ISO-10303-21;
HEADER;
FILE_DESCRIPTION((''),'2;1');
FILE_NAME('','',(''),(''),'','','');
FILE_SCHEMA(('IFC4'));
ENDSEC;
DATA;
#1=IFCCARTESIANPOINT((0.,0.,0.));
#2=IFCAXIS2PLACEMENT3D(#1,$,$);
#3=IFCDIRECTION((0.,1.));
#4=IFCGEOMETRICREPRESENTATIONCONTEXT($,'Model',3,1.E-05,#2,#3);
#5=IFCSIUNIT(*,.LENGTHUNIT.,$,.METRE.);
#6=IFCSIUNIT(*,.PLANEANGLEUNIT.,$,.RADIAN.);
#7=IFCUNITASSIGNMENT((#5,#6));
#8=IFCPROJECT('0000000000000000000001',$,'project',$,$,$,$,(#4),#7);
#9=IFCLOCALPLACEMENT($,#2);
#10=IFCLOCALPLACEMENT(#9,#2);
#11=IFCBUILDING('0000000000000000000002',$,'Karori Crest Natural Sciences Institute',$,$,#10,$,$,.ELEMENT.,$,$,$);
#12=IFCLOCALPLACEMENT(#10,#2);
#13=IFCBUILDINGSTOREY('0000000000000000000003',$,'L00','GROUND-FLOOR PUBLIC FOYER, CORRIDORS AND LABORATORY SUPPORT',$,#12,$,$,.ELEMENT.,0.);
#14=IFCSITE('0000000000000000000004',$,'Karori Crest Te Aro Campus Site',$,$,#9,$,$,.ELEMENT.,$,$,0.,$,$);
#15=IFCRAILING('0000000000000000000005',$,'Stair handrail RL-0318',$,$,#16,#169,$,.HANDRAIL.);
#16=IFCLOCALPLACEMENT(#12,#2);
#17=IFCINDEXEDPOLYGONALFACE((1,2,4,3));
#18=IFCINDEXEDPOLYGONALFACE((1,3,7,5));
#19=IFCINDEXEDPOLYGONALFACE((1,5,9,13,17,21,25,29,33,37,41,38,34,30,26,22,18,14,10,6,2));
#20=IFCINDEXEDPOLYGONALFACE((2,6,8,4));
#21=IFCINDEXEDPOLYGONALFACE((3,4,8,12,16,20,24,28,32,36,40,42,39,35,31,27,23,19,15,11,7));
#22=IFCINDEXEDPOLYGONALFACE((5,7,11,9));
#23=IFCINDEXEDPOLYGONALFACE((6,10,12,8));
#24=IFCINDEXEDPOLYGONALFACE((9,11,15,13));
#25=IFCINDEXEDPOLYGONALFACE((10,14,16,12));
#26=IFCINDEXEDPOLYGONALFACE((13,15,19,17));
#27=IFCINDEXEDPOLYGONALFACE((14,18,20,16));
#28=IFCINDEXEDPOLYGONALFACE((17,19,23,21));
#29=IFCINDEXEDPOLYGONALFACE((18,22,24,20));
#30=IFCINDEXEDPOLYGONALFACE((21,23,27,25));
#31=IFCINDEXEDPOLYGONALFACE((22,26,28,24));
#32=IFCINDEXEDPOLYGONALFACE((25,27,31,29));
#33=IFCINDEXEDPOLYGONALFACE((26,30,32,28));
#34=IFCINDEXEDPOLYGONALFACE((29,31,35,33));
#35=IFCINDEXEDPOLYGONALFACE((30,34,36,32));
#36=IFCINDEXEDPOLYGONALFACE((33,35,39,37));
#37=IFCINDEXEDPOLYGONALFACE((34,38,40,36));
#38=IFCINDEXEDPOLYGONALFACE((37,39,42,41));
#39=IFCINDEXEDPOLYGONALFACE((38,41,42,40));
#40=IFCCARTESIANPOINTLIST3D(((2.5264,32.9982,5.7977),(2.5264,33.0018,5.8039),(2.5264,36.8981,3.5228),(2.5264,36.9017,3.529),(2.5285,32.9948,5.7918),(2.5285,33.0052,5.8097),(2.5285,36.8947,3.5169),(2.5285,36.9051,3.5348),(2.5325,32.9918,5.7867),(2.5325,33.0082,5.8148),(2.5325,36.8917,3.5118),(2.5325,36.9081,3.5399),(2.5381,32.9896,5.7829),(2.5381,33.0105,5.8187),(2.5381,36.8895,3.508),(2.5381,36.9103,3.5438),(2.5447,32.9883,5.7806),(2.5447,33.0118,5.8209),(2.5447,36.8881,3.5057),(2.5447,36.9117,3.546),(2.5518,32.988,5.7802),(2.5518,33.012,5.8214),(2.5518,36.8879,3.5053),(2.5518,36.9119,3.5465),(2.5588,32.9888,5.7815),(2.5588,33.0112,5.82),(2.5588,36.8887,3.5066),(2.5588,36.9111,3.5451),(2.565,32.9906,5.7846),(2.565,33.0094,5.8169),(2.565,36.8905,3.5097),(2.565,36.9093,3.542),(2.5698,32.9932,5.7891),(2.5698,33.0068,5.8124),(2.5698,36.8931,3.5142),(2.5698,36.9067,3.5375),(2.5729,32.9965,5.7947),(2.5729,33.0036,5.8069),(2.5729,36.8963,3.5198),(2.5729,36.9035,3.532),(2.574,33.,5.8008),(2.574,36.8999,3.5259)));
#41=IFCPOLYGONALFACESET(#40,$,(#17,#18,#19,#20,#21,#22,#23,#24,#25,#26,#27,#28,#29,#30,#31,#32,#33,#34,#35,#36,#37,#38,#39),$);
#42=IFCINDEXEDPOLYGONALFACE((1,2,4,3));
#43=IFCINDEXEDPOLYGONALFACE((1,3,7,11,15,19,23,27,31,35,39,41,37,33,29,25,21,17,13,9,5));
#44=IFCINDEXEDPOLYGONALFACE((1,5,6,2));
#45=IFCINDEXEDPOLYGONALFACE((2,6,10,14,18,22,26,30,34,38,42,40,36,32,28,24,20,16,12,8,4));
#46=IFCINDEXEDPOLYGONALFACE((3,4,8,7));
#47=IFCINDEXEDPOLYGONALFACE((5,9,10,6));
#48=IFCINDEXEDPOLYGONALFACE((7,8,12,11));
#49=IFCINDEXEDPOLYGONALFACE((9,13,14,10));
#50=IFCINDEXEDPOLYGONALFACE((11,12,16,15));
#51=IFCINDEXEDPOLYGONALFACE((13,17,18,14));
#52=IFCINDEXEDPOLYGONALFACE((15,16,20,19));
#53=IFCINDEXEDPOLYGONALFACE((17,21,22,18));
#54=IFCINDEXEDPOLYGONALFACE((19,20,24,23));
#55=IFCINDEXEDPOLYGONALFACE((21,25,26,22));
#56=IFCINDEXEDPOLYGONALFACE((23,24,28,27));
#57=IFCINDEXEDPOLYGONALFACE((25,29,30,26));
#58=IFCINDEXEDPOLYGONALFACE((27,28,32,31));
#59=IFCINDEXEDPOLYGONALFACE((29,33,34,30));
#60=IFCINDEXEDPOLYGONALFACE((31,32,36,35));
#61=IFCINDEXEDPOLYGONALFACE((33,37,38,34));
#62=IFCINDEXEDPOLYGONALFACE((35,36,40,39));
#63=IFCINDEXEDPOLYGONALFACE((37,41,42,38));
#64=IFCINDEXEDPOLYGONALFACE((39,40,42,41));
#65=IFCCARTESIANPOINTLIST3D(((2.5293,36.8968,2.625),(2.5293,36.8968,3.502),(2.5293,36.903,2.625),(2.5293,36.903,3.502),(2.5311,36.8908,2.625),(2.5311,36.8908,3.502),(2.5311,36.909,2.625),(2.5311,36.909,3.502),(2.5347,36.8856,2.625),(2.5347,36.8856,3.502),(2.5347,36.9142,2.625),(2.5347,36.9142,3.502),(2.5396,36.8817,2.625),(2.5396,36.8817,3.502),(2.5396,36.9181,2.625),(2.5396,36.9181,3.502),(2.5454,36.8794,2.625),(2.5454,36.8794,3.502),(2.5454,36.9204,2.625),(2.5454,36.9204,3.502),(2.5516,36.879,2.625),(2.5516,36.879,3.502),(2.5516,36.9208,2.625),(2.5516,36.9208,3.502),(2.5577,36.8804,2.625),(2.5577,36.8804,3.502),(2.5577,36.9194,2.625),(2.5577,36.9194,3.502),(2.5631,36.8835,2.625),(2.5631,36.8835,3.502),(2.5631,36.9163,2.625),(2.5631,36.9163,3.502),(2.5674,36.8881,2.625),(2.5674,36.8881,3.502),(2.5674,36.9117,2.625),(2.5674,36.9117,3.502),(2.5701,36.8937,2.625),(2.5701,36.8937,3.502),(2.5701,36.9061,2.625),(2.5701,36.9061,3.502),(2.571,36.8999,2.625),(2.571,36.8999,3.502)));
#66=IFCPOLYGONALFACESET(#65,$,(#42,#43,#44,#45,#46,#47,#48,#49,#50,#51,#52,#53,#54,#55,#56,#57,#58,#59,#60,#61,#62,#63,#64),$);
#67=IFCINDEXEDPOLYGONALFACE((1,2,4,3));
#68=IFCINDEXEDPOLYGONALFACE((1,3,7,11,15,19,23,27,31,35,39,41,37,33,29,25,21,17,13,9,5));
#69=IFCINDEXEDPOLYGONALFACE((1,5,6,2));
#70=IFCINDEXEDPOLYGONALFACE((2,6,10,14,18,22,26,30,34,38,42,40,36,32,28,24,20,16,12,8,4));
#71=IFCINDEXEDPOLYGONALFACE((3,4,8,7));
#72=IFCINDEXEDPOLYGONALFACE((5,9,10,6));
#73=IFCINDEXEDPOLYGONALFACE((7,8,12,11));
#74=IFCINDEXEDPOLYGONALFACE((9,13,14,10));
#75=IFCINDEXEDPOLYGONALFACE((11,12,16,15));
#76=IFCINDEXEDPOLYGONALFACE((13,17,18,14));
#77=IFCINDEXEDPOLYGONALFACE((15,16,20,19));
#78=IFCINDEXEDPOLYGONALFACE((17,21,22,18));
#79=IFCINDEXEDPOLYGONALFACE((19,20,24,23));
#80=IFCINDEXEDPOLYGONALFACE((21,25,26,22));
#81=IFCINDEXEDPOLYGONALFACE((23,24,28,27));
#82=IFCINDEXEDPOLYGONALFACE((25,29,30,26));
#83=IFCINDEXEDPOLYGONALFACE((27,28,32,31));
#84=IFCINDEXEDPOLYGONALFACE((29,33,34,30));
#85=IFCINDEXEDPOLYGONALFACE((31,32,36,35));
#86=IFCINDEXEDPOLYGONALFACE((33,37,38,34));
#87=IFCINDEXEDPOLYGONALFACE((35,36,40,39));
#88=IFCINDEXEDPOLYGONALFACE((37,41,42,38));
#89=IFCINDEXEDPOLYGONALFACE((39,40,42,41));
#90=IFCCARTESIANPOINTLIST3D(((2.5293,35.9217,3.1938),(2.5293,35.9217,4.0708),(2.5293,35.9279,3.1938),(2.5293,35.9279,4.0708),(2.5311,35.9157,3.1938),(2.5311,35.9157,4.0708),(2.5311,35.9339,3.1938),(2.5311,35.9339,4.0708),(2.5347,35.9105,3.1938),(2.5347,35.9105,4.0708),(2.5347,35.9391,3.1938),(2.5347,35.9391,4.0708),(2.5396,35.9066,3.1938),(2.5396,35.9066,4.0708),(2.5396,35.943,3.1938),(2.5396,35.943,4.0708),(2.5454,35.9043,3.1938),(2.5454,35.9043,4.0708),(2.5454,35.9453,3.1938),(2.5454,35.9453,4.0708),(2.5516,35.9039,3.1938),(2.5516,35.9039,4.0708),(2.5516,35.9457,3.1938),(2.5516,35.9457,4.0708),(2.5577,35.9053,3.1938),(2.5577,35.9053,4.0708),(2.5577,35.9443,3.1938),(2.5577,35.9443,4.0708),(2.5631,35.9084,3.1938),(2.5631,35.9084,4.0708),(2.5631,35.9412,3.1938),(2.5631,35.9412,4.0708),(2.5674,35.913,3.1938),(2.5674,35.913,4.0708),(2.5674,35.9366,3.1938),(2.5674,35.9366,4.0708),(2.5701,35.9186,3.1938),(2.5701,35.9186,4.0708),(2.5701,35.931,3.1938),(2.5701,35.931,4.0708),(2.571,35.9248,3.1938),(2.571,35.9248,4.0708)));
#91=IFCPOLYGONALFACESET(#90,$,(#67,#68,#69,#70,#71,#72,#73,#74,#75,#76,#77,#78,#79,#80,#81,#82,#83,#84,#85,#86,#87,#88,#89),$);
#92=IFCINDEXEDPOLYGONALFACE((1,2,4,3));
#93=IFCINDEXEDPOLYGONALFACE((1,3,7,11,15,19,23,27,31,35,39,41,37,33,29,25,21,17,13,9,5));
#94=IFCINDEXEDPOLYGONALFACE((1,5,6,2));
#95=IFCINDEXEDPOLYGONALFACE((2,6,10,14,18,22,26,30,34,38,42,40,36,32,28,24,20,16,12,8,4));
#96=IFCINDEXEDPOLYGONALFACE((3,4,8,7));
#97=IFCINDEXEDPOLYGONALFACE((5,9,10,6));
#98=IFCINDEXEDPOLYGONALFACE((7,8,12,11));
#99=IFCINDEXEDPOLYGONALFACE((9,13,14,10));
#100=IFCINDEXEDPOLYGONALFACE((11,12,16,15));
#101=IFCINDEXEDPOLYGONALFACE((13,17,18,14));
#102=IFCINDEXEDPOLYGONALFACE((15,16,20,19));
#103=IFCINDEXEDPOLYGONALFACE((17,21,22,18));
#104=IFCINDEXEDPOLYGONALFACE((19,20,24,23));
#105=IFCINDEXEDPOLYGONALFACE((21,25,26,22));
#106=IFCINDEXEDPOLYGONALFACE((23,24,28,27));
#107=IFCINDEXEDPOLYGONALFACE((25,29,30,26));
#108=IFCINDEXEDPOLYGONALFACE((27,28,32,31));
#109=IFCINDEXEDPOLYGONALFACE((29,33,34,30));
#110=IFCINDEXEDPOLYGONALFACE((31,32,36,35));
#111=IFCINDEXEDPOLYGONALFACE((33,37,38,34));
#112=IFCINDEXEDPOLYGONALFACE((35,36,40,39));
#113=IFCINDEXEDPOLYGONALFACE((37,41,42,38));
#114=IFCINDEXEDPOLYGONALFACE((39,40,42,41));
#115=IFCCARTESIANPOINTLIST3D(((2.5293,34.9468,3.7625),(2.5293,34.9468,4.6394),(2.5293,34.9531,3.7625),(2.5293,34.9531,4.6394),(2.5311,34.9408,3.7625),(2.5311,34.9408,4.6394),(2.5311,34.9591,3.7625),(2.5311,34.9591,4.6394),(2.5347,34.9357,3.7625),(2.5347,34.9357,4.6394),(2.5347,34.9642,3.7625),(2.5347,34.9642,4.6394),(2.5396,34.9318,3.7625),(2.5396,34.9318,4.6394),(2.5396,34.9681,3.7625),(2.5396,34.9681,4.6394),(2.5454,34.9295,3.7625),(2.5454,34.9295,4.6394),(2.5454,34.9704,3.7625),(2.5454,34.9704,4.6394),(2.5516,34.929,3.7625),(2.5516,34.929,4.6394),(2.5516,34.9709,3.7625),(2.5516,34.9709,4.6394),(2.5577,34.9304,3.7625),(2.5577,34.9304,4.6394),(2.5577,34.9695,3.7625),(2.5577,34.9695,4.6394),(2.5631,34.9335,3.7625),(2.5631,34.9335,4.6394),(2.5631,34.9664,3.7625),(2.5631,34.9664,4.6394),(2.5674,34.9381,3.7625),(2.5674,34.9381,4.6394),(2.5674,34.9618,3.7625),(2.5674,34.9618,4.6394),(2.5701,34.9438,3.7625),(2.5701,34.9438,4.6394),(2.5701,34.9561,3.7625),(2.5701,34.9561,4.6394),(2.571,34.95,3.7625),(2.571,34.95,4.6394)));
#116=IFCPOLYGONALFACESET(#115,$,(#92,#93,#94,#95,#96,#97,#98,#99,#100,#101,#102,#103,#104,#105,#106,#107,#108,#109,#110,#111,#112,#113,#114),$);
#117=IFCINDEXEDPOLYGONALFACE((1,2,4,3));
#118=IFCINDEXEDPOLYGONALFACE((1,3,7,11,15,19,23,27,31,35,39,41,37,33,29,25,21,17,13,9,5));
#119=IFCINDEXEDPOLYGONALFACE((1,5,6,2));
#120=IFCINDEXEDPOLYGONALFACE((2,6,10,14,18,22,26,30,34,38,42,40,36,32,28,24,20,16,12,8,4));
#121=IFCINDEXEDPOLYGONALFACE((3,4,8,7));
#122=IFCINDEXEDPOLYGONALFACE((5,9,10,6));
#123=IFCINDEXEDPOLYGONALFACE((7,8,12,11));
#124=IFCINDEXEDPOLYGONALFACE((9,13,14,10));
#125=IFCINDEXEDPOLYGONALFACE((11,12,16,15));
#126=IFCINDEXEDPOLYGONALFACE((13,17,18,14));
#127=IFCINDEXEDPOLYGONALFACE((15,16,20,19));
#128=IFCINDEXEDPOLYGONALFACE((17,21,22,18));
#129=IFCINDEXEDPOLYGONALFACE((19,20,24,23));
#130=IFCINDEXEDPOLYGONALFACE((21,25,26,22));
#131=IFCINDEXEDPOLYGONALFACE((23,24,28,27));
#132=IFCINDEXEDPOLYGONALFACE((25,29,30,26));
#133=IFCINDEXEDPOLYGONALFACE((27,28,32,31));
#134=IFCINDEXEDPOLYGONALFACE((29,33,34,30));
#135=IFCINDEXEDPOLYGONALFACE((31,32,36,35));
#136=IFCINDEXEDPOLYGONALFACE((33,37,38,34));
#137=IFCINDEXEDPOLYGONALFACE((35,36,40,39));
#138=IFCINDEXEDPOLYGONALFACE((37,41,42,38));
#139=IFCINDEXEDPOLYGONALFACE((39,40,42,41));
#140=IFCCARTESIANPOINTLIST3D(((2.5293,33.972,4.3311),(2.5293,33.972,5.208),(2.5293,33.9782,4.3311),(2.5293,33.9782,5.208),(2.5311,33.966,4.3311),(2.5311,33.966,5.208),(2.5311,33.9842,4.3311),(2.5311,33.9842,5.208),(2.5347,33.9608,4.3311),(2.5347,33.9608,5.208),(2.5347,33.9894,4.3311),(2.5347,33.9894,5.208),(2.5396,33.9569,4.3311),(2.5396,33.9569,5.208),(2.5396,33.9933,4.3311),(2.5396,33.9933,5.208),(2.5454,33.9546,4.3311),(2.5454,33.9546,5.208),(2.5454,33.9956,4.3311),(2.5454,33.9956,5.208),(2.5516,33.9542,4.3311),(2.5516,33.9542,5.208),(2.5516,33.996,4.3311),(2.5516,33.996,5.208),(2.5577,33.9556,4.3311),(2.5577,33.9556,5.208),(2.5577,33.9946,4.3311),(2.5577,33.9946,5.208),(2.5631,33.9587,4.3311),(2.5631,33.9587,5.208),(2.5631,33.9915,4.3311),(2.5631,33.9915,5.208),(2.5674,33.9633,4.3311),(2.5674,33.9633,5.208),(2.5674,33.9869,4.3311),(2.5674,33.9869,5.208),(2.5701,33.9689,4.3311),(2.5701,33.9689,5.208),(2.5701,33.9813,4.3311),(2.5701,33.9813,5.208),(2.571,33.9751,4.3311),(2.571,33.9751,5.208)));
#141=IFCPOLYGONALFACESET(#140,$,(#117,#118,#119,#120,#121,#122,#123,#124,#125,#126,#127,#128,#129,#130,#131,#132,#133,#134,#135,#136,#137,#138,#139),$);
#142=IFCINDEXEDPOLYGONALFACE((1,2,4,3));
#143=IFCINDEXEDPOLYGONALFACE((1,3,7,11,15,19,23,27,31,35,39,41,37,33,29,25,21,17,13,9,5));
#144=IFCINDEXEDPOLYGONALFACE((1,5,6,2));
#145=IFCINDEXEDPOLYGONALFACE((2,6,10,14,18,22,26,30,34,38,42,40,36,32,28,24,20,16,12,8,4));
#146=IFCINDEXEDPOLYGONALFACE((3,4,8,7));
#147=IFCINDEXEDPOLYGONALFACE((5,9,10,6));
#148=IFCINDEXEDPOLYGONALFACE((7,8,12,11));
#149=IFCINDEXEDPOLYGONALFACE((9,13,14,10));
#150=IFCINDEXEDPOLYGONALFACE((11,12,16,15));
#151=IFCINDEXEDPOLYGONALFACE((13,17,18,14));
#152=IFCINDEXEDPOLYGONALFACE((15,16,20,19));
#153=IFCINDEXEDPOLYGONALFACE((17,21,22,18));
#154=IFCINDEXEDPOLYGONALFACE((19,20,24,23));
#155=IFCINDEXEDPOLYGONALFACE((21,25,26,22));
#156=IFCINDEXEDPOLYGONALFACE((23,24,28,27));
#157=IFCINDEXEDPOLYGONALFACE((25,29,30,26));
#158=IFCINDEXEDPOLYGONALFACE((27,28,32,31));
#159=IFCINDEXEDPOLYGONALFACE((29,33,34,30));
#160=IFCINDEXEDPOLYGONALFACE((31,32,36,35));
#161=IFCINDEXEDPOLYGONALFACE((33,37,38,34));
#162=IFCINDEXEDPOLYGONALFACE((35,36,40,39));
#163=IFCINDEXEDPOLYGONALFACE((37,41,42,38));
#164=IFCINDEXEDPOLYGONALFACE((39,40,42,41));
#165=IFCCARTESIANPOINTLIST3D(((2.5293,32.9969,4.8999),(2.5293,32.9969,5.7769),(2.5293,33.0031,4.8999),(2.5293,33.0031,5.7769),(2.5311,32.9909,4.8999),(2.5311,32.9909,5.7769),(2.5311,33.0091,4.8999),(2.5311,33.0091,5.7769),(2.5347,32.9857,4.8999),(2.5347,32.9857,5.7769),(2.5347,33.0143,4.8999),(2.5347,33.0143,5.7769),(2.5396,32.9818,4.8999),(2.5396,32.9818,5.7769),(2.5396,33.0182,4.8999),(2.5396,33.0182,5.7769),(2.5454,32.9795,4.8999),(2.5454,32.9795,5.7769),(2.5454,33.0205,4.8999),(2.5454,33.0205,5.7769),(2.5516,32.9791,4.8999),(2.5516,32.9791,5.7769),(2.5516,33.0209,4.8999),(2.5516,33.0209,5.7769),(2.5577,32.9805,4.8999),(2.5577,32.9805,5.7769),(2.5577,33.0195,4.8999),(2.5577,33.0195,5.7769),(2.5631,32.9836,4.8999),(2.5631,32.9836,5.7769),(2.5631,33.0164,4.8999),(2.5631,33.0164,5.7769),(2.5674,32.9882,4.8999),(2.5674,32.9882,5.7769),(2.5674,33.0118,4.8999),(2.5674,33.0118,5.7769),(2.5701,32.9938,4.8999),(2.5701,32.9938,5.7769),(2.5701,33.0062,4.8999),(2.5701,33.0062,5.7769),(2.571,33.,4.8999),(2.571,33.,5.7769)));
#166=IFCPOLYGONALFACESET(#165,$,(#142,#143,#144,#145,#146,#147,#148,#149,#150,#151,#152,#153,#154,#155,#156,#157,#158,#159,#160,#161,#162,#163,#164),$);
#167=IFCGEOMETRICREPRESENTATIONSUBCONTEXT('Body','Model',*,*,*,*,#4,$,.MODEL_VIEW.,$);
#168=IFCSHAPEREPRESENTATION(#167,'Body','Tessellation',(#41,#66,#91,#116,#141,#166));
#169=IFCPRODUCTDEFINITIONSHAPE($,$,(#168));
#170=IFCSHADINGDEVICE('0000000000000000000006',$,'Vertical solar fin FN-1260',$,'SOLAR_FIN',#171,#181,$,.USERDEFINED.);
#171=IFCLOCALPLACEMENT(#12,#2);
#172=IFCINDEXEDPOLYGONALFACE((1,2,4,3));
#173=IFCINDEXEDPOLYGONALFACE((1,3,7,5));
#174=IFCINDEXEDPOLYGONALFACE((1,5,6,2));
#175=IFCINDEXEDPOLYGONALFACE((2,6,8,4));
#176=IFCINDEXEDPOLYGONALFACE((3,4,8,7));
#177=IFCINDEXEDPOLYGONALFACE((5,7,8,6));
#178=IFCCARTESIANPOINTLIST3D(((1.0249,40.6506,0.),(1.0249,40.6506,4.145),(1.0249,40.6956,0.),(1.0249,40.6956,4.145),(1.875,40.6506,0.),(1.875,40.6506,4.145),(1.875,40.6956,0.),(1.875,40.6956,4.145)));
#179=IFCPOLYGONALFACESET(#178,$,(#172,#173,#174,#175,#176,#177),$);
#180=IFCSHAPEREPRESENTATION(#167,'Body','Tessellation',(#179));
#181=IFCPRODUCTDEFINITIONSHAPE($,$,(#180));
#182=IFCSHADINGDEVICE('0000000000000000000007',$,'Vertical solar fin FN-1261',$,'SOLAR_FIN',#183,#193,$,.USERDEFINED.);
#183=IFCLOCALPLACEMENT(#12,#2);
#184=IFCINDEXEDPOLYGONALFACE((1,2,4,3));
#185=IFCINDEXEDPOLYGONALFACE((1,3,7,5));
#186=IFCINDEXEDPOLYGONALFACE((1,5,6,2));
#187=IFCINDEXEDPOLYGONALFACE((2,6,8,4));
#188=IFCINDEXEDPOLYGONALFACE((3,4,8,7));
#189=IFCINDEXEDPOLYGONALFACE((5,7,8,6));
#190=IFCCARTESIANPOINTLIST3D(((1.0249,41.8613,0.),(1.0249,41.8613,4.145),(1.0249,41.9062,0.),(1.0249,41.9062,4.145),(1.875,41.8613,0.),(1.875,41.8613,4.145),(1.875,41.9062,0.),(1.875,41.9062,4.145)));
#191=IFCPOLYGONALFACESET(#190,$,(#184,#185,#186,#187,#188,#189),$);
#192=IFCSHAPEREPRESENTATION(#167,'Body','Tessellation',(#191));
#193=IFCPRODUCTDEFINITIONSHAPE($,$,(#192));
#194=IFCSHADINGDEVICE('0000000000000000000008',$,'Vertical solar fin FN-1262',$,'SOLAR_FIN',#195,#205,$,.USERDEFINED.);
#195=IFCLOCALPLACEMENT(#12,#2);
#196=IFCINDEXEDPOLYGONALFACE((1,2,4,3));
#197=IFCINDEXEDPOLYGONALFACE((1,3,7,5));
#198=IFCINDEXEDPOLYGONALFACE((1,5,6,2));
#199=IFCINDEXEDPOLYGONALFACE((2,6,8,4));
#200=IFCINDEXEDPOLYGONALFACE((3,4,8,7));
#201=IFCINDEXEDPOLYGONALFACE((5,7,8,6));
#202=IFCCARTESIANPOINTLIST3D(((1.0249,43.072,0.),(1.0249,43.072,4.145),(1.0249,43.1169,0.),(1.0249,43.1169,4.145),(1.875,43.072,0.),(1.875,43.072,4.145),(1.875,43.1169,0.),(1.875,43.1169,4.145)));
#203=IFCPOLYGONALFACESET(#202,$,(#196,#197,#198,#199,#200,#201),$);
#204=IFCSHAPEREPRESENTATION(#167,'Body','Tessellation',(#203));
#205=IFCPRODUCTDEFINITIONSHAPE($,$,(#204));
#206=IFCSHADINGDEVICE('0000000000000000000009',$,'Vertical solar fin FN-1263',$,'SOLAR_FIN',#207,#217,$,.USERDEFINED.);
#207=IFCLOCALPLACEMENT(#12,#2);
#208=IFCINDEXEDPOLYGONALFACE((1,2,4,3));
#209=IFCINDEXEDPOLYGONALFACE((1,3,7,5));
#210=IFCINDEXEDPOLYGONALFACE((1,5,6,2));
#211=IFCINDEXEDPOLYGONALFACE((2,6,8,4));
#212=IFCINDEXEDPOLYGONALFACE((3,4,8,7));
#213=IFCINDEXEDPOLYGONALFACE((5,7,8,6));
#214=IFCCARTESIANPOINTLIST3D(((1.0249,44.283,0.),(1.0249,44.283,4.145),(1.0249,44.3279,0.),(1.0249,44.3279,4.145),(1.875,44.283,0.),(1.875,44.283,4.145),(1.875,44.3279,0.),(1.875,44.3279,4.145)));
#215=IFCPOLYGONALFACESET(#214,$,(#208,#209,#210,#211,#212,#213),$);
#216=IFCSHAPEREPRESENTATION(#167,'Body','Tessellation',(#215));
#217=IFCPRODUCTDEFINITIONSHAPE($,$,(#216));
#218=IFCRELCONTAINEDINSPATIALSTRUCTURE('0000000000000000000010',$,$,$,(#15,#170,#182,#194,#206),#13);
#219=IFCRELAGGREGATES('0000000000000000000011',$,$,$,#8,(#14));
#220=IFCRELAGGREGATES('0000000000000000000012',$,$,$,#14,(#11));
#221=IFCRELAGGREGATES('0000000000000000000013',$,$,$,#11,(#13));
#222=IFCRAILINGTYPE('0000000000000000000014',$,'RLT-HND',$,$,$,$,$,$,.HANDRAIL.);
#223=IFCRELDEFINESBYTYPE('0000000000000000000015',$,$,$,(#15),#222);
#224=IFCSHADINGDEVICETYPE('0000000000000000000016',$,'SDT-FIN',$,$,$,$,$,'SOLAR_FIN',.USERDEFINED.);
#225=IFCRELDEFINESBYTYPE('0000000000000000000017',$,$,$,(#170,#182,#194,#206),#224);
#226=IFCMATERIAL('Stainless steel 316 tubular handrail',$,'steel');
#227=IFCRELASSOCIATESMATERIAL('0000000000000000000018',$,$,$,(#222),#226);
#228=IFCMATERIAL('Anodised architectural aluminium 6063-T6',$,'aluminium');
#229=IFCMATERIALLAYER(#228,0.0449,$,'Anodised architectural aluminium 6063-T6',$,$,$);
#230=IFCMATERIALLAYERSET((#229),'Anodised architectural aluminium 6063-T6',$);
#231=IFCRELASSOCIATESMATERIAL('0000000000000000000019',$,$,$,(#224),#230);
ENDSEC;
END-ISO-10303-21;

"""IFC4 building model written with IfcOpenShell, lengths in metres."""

from ifc_helpers import new_model, si_unit, direction, frame, origin, origin_2d, place, context, subcontext, project, spatial, rectangle, circle, extrude, material, layer, layer_set, type_object, element, save


model = new_model("IFC4")

# Units and contexts
model_context = context("Model", 3, precision=1e-05, world=origin(), true_north=direction((0.0, 1.0)))
body_context = subcontext(model_context, "Body", "Model", "MODEL_VIEW")
ifc_project = project(units=[si_unit("LENGTHUNIT", "METRE"), si_unit("PLANEANGLEUNIT", "RADIAN")], contexts=[model_context])

# Site, building, storey
site_placement = place(None, origin())
site = spatial("IfcSite", under=ifc_project, at=site_placement, Name="Karori Crest Te Aro Campus Site", CompositionType="ELEMENT", RefElevation=0.0)
building_placement = place(site_placement, origin())
building = spatial("IfcBuilding", under=site, at=building_placement, Name="Karori Crest Natural Sciences Institute", CompositionType="ELEMENT")
storey_placement = place(building_placement, origin())
storey = spatial("IfcBuildingStorey", under=building, at=storey_placement, Name="L00", Description="GROUND-FLOOR PUBLIC FOYER, CORRIDORS AND LABORATORY SUPPORT", CompositionType="ELEMENT", Elevation=0.0)

# Shared definitions
ifc_material_1 = material(Name="Anodised architectural aluminium 6063-T6", Category="aluminium")

# Railing
ifc_material_2 = material(Name="Stainless steel 316 tubular handrail", Category="steel")
railing_type = type_object("IfcRailingType", Name="RLT-HND", PredefinedType="HANDRAIL", material=ifc_material_2)
railing_placement = place(storey_placement, frame((2.55, 36.8999, 2.625)))
element("IfcRailing", 1, at=railing_placement, inside=storey, type_object=railing_type, Name="Stair handrail RL-0318", PredefinedType="HANDRAIL", context=body_context, shape_type="SweptSolid", body=[
    extrude(circle(Radius=0.0239, at=origin_2d()), frame((0.0, 0.0, 0.9009), z_axis=(0.0, -0.863783, 0.503864), x_axis=(1.0, 0.0, 0.0)), (0.0, 0.0, 1.0), 4.5149),
    extrude(circle(Radius=0.021, at=origin_2d()), origin(), (0.0, 0.0, 1.0), 0.877),
    extrude(circle(Radius=0.021, at=origin_2d()), frame((0.0, -0.9751, 0.5688)), (0.0, 0.0, 1.0), 0.877),
    extrude(circle(Radius=0.021, at=origin_2d()), frame((0.0, -1.95, 1.1375)), (0.0, 0.0, 1.0), 0.877),
    extrude(circle(Radius=0.021, at=origin_2d()), frame((0.0, -2.9248, 1.7061)), (0.0, 0.0, 1.0), 0.877),
    extrude(circle(Radius=0.021, at=origin_2d()), frame((0.0, -3.8999, 2.2749)), (0.0, 0.0, 1.0), 0.877),
])

# Shading devices
ifc_layer_1 = layer(ifc_material_1, 0.0449, Name="Anodised architectural aluminium 6063-T6")
ifc_layer_set_1 = layer_set([ifc_layer_1], Name="Anodised architectural aluminium 6063-T6")
shading_device_type = type_object("IfcShadingDeviceType", Name="SDT-FIN", ElementType="SOLAR_FIN", PredefinedType="USERDEFINED", material=ifc_layer_set_1)
for number, where, z_axis, x_axis, name in (
    (2, (1.45, 40.6731, 0.0), (0.0, 0.0, 1.0), (-1.0, 0.0, 0.0), "Vertical solar fin FN-1260"),
    (3, (1.45, 41.8838, 0.0), (0.0, 0.0, 1.0), (-1.0, 0.0, 0.0), "Vertical solar fin FN-1261"),
    (4, (1.45, 43.0945, 0.0), (0.0, 0.0, 1.0), (-1.0, 0.0, 0.0), "Vertical solar fin FN-1262"),
    (5, (1.45, 44.3054, 0.0), (0.0, 0.0, 1.0), (-1.0, 0.0, 0.0), "Vertical solar fin FN-1263"),
):
    element("IfcShadingDevice", number, at=place(storey_placement, frame(where, z_axis=z_axis, x_axis=x_axis)), inside=storey, type_object=shading_device_type, Name=name, ObjectType="SOLAR_FIN", PredefinedType="USERDEFINED", context=body_context, shape_type="SweptSolid", body=[
        extrude(rectangle(XDim=0.8501, YDim=0.0449, at=origin_2d()), origin(), (0.0, 0.0, 1.0), 4.145),
    ])

save(model, "model.ifc")
